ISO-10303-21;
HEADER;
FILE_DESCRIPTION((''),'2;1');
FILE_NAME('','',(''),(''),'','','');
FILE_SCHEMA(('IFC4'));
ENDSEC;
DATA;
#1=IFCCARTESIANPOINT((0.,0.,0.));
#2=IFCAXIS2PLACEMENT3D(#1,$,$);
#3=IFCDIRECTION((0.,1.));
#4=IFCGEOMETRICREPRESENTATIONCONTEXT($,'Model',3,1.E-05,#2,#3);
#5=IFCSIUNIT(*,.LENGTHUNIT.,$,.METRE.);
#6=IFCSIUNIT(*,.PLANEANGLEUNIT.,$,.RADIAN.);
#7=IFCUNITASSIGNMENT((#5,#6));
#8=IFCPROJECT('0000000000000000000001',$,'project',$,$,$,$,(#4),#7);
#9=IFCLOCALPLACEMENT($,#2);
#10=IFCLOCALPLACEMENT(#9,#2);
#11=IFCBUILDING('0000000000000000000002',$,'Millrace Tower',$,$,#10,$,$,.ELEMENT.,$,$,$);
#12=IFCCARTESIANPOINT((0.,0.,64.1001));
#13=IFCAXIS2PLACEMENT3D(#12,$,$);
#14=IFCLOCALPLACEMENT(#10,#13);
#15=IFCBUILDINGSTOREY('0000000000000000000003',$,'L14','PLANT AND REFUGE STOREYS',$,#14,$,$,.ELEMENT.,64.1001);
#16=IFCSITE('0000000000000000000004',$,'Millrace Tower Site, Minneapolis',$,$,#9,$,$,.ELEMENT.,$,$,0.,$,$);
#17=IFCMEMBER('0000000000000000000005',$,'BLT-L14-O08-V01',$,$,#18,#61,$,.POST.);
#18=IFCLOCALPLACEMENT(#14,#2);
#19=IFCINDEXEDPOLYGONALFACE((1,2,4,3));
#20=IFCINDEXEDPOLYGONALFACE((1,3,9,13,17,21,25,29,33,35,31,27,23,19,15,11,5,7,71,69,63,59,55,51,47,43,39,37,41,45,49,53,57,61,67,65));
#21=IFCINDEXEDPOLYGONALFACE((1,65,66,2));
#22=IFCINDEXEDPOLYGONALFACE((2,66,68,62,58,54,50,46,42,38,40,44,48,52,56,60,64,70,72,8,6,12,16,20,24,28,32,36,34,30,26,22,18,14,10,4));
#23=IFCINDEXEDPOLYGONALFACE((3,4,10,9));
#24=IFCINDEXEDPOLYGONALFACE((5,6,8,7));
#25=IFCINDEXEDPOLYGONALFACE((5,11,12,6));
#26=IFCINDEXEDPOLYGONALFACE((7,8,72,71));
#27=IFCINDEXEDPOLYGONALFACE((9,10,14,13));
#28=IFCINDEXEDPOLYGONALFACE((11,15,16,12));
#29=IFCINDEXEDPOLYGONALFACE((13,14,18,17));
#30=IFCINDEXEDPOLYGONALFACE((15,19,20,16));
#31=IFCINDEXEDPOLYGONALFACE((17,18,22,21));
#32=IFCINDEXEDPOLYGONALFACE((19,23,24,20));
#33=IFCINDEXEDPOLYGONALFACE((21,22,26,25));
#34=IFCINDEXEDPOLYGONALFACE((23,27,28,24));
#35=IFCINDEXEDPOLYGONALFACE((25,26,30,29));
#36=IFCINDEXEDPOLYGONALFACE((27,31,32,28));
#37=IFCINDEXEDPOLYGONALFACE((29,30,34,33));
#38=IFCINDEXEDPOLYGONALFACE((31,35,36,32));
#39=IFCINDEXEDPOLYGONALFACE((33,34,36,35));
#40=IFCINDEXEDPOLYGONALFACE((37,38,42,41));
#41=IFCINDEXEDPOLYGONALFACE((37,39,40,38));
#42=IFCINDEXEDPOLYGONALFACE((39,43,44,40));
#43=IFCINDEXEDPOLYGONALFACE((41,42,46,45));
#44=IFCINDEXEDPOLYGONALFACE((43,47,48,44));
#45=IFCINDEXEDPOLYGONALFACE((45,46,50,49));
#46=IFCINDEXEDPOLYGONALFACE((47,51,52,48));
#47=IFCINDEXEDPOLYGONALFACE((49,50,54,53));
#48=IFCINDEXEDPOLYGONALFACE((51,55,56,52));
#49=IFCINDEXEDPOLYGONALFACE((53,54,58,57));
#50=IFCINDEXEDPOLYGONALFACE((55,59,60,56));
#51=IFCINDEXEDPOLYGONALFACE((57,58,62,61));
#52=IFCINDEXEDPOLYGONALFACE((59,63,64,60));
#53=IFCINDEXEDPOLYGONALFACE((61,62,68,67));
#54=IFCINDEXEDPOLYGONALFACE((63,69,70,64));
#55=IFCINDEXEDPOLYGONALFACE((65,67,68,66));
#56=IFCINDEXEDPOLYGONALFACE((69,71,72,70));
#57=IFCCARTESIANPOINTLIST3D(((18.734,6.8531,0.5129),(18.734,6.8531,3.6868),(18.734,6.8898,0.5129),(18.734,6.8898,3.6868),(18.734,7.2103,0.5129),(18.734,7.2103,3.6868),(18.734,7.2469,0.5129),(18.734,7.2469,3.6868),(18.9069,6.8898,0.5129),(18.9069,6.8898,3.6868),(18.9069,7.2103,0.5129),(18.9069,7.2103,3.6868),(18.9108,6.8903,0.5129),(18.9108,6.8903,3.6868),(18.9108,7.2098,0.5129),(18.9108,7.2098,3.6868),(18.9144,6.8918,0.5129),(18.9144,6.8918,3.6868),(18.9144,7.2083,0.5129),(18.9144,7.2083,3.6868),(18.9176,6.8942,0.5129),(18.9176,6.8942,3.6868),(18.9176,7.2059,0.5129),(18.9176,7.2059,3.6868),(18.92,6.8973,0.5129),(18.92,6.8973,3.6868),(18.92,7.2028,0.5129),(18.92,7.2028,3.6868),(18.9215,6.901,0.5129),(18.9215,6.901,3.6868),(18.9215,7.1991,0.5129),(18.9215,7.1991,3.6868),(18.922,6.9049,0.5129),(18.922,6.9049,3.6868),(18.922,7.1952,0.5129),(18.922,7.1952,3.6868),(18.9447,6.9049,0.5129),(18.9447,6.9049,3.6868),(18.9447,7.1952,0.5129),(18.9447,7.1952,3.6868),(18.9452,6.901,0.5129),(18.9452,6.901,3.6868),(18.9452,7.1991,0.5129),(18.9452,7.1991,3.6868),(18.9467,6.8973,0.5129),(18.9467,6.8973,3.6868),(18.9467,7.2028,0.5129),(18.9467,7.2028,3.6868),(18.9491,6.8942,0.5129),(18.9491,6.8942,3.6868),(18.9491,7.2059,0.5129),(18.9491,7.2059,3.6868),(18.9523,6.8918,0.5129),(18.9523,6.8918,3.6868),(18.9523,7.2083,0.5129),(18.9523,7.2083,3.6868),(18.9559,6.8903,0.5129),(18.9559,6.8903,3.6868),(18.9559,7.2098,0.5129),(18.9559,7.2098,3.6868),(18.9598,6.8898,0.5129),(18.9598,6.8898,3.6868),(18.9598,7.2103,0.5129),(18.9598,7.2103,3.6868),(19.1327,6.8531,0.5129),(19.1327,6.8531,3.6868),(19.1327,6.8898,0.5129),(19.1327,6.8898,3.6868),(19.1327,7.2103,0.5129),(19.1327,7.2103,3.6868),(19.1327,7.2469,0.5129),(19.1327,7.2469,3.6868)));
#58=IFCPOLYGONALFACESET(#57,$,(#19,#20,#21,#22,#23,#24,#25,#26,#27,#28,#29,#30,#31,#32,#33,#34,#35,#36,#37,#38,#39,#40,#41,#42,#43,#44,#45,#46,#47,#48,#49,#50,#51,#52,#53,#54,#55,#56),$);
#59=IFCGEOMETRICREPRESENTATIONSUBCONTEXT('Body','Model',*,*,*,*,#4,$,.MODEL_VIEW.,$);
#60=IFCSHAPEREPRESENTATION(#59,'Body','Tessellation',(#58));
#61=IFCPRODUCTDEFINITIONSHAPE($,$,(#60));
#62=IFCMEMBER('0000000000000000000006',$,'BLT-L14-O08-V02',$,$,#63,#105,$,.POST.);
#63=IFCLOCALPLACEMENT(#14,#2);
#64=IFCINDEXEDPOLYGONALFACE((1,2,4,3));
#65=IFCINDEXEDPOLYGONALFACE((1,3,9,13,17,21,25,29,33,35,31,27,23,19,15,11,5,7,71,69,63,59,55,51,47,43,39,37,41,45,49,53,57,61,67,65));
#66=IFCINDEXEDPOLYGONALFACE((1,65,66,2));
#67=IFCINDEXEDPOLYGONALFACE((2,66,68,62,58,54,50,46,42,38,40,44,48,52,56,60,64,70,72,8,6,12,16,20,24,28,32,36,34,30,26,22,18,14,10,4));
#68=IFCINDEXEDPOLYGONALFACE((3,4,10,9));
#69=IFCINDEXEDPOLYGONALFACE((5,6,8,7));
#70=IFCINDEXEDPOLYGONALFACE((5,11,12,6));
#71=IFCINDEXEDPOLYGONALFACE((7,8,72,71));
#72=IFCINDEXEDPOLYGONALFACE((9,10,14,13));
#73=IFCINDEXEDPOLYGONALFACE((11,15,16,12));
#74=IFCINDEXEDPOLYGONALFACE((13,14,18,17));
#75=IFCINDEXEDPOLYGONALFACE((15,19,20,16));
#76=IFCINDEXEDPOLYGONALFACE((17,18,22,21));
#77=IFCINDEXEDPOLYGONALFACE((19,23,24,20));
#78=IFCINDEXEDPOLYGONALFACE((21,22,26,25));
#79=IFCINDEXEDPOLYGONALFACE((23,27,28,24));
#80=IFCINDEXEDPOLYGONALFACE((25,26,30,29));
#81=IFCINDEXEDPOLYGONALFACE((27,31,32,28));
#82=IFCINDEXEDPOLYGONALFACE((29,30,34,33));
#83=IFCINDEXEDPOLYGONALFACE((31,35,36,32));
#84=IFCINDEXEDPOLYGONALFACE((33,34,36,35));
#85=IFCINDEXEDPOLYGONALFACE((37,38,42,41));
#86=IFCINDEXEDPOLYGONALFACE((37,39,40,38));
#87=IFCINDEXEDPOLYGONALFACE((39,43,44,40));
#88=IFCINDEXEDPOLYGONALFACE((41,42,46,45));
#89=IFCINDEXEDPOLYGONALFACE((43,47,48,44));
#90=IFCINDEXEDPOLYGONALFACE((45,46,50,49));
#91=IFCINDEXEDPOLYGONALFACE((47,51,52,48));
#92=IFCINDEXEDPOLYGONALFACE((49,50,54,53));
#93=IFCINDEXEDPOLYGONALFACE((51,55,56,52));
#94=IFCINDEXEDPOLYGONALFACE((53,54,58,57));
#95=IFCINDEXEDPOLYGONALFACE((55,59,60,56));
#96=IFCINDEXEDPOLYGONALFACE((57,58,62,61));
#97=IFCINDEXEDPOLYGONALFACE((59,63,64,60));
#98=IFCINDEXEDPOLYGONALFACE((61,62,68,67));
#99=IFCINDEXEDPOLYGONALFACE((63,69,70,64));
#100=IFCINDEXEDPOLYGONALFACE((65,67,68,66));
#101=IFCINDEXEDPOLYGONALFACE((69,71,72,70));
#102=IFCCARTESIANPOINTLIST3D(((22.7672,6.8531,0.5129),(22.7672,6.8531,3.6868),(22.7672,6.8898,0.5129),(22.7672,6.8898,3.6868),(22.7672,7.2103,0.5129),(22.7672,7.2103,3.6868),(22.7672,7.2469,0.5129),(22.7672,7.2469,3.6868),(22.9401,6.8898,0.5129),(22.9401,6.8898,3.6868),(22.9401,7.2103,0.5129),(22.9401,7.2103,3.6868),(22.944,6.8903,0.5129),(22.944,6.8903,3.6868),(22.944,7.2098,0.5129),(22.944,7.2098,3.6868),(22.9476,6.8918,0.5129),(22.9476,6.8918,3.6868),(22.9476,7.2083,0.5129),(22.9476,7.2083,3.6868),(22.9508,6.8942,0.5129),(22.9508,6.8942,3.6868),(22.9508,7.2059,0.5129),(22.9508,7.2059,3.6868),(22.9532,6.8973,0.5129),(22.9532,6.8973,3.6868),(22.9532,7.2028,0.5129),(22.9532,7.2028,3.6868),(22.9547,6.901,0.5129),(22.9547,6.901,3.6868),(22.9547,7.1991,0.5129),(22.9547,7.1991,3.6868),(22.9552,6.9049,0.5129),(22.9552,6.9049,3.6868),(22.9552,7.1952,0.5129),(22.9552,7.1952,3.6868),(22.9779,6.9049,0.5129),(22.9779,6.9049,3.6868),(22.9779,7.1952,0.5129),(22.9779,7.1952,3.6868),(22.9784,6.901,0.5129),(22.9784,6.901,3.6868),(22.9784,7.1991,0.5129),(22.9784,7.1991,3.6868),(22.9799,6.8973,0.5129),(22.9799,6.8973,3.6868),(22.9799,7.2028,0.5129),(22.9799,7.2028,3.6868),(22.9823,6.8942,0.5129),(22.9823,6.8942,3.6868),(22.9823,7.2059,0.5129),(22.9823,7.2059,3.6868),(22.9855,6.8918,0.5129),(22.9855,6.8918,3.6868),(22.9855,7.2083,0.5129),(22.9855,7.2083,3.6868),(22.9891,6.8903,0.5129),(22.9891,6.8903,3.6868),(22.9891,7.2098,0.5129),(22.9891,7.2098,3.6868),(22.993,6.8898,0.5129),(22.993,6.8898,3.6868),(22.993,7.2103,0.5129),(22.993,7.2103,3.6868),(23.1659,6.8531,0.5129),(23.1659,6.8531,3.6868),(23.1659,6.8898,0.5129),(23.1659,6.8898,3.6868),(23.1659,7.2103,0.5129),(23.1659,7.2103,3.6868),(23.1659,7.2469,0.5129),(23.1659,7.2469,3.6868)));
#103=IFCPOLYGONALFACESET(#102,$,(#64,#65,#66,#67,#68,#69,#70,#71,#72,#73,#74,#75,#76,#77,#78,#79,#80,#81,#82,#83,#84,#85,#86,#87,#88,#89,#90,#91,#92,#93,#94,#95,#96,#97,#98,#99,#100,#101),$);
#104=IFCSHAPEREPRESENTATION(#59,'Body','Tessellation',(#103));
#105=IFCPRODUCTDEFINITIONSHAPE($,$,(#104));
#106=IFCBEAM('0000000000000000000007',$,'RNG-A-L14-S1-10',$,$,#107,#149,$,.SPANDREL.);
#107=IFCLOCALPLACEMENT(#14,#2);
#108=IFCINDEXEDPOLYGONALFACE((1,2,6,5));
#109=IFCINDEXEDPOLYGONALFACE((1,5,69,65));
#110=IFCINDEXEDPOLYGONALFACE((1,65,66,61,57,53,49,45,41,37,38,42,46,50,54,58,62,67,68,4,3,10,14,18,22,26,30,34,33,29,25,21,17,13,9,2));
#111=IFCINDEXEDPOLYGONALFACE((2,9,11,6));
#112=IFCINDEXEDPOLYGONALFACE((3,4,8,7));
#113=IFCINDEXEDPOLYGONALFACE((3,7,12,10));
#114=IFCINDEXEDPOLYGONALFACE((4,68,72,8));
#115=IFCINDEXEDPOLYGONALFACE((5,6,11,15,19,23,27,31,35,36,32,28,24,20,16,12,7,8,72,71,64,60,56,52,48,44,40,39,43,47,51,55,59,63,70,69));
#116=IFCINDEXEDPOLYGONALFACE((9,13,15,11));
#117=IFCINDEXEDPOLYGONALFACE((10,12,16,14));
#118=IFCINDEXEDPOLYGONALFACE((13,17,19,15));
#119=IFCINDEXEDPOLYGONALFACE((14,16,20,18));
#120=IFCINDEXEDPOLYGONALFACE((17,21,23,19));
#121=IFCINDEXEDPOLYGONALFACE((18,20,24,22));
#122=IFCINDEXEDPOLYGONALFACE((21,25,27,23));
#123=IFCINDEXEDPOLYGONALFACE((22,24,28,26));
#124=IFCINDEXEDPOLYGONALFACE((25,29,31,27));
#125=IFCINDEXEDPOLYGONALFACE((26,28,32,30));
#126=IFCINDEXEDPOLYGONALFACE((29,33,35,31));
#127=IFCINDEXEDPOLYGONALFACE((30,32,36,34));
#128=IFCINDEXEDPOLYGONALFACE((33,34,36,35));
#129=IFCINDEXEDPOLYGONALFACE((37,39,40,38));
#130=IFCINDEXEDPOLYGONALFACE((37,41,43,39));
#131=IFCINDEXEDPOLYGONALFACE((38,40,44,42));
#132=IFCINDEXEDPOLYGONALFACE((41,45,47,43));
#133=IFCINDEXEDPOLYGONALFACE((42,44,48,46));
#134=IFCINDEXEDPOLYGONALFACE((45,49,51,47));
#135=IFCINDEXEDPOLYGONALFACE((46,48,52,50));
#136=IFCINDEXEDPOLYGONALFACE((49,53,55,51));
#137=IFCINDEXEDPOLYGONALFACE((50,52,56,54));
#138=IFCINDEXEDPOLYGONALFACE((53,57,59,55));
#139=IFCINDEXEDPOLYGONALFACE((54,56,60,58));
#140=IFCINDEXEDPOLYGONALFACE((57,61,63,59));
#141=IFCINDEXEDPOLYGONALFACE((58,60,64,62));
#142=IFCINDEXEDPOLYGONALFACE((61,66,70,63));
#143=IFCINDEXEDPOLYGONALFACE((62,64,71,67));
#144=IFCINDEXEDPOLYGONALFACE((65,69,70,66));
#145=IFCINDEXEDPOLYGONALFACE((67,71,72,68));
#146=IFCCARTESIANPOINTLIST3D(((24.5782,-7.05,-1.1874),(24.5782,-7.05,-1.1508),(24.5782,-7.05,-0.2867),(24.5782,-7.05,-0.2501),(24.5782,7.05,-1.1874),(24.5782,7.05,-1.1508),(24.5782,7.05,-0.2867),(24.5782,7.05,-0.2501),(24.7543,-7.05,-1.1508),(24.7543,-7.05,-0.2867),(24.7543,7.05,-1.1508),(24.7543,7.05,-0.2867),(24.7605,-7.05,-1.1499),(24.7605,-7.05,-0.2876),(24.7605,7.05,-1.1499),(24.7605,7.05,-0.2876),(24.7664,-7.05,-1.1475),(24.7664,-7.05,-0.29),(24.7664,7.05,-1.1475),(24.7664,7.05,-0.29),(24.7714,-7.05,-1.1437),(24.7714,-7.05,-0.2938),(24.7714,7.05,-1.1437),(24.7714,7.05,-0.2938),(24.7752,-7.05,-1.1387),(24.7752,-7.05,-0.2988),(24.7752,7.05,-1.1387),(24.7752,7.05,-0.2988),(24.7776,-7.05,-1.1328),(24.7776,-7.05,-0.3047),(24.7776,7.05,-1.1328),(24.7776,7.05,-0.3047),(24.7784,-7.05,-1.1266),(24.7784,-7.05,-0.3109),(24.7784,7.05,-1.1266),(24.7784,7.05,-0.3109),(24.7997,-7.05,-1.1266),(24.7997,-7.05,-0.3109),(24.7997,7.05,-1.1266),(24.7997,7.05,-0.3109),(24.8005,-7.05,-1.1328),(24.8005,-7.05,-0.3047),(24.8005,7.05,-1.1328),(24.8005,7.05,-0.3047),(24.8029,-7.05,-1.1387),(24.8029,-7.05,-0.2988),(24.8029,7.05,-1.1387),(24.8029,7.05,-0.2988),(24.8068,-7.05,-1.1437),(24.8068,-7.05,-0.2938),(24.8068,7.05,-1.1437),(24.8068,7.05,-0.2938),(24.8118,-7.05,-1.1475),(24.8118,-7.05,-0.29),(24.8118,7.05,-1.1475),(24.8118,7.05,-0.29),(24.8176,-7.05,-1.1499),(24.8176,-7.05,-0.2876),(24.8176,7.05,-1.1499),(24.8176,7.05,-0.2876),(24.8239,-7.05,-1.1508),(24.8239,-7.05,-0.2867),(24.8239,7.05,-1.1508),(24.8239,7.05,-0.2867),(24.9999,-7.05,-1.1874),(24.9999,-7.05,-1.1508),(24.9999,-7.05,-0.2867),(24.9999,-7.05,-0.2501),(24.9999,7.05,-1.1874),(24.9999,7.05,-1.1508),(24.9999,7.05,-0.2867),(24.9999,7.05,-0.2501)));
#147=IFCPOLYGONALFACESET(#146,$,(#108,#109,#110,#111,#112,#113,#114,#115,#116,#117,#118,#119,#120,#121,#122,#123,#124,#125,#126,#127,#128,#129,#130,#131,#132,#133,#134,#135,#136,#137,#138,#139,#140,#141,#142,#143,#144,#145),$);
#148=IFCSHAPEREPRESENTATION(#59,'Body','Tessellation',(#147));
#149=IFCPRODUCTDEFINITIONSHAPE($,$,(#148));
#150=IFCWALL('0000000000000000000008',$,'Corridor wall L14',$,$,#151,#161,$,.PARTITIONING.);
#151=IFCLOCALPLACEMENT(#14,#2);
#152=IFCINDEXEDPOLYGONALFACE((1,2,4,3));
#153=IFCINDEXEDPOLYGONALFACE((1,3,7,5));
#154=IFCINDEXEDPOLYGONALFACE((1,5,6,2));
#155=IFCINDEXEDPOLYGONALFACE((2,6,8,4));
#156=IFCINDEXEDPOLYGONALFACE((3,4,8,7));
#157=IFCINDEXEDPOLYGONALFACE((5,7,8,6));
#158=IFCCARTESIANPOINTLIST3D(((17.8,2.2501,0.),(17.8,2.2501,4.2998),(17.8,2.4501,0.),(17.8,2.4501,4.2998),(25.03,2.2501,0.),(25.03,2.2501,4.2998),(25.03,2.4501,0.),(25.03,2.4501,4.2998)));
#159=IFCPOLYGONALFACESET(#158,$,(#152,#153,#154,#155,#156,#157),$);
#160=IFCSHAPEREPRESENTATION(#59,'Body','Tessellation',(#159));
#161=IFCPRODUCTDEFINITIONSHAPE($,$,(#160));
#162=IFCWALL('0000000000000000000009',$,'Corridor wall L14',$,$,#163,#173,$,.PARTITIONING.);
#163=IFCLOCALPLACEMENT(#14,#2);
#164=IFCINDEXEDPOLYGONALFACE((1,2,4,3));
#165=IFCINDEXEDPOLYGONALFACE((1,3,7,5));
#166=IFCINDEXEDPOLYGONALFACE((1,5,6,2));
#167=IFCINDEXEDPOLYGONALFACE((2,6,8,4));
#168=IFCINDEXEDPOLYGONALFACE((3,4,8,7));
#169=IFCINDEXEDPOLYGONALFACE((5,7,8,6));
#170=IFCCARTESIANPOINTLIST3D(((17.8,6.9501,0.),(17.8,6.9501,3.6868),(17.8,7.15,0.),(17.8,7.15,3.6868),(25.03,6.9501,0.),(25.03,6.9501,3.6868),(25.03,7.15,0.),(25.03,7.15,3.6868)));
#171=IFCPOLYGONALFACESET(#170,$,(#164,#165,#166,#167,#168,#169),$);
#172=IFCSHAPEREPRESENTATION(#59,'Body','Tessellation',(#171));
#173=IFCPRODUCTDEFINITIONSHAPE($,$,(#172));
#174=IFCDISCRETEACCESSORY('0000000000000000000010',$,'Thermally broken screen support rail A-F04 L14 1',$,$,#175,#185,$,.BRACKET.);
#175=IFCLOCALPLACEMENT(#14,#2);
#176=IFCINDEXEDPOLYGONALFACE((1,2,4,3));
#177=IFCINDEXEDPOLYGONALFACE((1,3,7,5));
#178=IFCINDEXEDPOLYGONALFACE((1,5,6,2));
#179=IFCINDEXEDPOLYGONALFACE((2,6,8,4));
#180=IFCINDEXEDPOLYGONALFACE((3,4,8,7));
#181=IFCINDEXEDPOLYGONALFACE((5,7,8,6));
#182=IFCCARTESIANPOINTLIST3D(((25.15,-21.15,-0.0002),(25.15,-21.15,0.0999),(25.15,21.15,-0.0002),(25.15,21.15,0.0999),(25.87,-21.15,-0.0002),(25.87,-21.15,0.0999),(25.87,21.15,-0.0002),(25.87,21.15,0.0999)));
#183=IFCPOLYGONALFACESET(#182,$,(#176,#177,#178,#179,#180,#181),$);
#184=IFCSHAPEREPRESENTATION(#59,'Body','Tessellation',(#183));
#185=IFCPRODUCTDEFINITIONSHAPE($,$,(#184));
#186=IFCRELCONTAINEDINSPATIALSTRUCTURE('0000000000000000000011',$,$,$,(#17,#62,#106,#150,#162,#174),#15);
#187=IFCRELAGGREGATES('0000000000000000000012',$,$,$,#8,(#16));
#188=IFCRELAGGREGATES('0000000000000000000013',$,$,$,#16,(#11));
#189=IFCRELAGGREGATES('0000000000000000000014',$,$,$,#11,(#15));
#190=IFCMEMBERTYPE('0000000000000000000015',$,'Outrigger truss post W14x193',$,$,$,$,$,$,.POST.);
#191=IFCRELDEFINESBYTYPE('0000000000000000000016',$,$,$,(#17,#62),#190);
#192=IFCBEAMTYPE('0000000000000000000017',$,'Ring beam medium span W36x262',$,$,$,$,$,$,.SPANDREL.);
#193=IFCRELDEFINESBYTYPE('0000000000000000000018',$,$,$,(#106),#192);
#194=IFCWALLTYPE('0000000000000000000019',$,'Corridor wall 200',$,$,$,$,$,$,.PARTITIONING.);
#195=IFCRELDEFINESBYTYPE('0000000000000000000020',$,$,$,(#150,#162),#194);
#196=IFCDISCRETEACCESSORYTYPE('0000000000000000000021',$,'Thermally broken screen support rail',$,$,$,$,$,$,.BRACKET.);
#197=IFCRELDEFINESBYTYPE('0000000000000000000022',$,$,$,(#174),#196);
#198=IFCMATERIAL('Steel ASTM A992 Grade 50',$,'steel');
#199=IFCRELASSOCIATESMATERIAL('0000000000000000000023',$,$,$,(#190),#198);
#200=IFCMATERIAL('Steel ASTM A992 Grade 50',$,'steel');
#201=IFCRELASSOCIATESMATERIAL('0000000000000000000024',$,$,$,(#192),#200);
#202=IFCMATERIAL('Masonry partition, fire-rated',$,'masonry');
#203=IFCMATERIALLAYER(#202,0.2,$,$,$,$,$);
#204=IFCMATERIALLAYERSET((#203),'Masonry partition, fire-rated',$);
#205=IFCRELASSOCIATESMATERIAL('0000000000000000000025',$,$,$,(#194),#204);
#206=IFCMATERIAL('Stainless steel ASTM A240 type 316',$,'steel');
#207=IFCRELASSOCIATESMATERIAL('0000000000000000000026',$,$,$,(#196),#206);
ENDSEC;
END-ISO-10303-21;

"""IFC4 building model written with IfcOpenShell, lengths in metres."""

from ifc_helpers import new_model, si_unit, direction, frame, frame_2d, origin, origin_2d, place, context, subcontext, project, spatial, rectangle, i_section, extrude, material, layer, layer_set, material_profile, profile_set, type_object, element, save


model = new_model("IFC4")

# Units and contexts
model_context = context("Model", 3, precision=1e-05, world=origin(), true_north=direction((0.0, 1.0)))
body_context = subcontext(model_context, "Body", "Model", "MODEL_VIEW")
ifc_project = project(units=[si_unit("LENGTHUNIT", "METRE"), si_unit("PLANEANGLEUNIT", "RADIAN")], contexts=[model_context])

# Site, building, storey
site_placement = place(None, origin())
site = spatial("IfcSite", under=ifc_project, at=site_placement, Name="Millrace Tower Site, Minneapolis", CompositionType="ELEMENT", RefElevation=0.0)
building_placement = place(site_placement, origin())
building = spatial("IfcBuilding", under=site, at=building_placement, Name="Millrace Tower", CompositionType="ELEMENT")
storey_placement = place(building_placement, frame((0.0, 0.0, 64.1001)))
storey = spatial("IfcBuildingStorey", under=building, at=storey_placement, Name="L14", Description="PLANT AND REFUGE STOREYS", CompositionType="ELEMENT", Elevation=64.1001)

# Members
ifc_material_1 = material(Name="Steel ASTM A992 Grade 50", Category="steel")
ifc_material_profile_1 = material_profile(ifc_material_1, i_section(OverallWidth=0.3987, OverallDepth=0.3938, WebThickness=0.0227, FlangeThickness=0.0366, FilletRadius=0.0151, at=origin_2d()))
ifc_profile_set_1 = profile_set([ifc_material_profile_1], Name="Steel ASTM A992 Grade 50")
member_type_1 = type_object("IfcMemberType", Name="Outrigger truss post W14x193", PredefinedType="POST", material=ifc_profile_set_1)
for number, where, z_axis, x_axis, name in (
    (1, (18.9333, 7.05, 0.5129), (0.0, 0.0, 1.0), (1.0, 0.0, 0.0), "BLT-L14-O08-V01"),
    (2, (22.9666, 7.05, 0.5129), (0.0, 0.0, 1.0), (1.0, 0.0, 0.0), "BLT-L14-O08-V02"),
):
    element("IfcMember", number, at=place(storey_placement, frame(where, z_axis=z_axis, x_axis=x_axis)), inside=storey, type_object=member_type_1, Name=name, PredefinedType="POST", context=body_context, shape_type="SweptSolid", body=[
        extrude(i_section(OverallWidth=0.3987, OverallDepth=0.3938, WebThickness=0.0227, FlangeThickness=0.0366, FilletRadius=0.0151, at=origin_2d()), origin(), (0.0, 0.0, 1.0), 3.1738),
    ])

# Beam
ifc_material_2 = material(Name="Steel ASTM A992 Grade 50", Category="steel")
ifc_material_profile_2 = material_profile(ifc_material_2, i_section(OverallWidth=0.4216, OverallDepth=0.9373, WebThickness=0.0212, FlangeThickness=0.0366, FilletRadius=0.0242, at=origin_2d()))
ifc_profile_set_2 = profile_set([ifc_material_profile_2], Name="Steel ASTM A992 Grade 50")
beam_type_1 = type_object("IfcBeamType", Name="Ring beam medium span W36x262", PredefinedType="SPANDREL", material=ifc_profile_set_2)
beam_1_placement = place(storey_placement, frame((24.7891, 7.05, -0.7188), z_axis=(0.0, -1.0, 0.0), x_axis=(1.0, 0.0, 0.0)))
element("IfcBeam", 3, at=beam_1_placement, inside=storey, type_object=beam_type_1, Name="RNG-A-L14-S1-10", PredefinedType="SPANDREL", context=body_context, shape_type="SweptSolid", body=[
    extrude(i_section(OverallWidth=0.4216, OverallDepth=0.9373, WebThickness=0.0212, FlangeThickness=0.0366, FilletRadius=0.0242, at=origin_2d()), origin(), (0.0, 0.0, 1.0), 14.1001),
])

# Walls
ifc_material_3 = material(Name="Masonry partition, fire-rated", Category="masonry")
ifc_layer_1 = layer(ifc_material_3, 0.2)
ifc_layer_set_1 = layer_set([ifc_layer_1], Name="Masonry partition, fire-rated")
wall_type = type_object("IfcWallType", Name="Corridor wall 200", PredefinedType="PARTITIONING", material=ifc_layer_set_1)
wall_1_placement = place(storey_placement, frame((17.8, 2.3501, 0.0), z_axis=(0.0, 0.0, 1.0), x_axis=(1.0, 0.0, 0.0)))
element("IfcWall", 4, at=wall_1_placement, inside=storey, type_object=wall_type, Name="Corridor wall L14", PredefinedType="PARTITIONING", context=body_context, shape_type="SweptSolid", body=[
    extrude(rectangle(XDim=7.23, YDim=0.2, at=frame_2d((3.615, 0.0))), origin(), (0.0, 0.0, 1.0), 4.2998),
])
wall_2_placement = place(storey_placement, frame((17.8, 7.05, 0.0), z_axis=(0.0, 0.0, 1.0), x_axis=(1.0, 0.0, 0.0)))
element("IfcWall", 5, at=wall_2_placement, inside=storey, type_object=wall_type, Name="Corridor wall L14", PredefinedType="PARTITIONING", context=body_context, shape_type="SweptSolid", body=[
    extrude(rectangle(XDim=7.23, YDim=0.2, at=frame_2d((3.615, 0.0))), origin(), (0.0, 0.0, 1.0), 3.6868),
])

# Discrete accessory
ifc_material_4 = material(Name="Stainless steel ASTM A240 type 316", Category="steel")
discrete_accessory_type_1 = type_object("IfcDiscreteAccessoryType", Name="Thermally broken screen support rail", PredefinedType="BRACKET", material=ifc_material_4)
discrete_accessory_1_placement = place(storey_placement, frame((25.51, 0.0, -0.0002), z_axis=(0.0, 0.0, 1.0), x_axis=(0.0, 1.0, 0.0)))
element("IfcDiscreteAccessory", 6, at=discrete_accessory_1_placement, inside=storey, type_object=discrete_accessory_type_1, Name="Thermally broken screen support rail A-F04 L14 1", PredefinedType="BRACKET", context=body_context, shape_type="SweptSolid", body=[
    extrude(rectangle(XDim=42.3, YDim=0.72, at=origin_2d()), origin(), (0.0, 0.0, 1.0), 0.1001),
])

save(model, "model.ifc")
